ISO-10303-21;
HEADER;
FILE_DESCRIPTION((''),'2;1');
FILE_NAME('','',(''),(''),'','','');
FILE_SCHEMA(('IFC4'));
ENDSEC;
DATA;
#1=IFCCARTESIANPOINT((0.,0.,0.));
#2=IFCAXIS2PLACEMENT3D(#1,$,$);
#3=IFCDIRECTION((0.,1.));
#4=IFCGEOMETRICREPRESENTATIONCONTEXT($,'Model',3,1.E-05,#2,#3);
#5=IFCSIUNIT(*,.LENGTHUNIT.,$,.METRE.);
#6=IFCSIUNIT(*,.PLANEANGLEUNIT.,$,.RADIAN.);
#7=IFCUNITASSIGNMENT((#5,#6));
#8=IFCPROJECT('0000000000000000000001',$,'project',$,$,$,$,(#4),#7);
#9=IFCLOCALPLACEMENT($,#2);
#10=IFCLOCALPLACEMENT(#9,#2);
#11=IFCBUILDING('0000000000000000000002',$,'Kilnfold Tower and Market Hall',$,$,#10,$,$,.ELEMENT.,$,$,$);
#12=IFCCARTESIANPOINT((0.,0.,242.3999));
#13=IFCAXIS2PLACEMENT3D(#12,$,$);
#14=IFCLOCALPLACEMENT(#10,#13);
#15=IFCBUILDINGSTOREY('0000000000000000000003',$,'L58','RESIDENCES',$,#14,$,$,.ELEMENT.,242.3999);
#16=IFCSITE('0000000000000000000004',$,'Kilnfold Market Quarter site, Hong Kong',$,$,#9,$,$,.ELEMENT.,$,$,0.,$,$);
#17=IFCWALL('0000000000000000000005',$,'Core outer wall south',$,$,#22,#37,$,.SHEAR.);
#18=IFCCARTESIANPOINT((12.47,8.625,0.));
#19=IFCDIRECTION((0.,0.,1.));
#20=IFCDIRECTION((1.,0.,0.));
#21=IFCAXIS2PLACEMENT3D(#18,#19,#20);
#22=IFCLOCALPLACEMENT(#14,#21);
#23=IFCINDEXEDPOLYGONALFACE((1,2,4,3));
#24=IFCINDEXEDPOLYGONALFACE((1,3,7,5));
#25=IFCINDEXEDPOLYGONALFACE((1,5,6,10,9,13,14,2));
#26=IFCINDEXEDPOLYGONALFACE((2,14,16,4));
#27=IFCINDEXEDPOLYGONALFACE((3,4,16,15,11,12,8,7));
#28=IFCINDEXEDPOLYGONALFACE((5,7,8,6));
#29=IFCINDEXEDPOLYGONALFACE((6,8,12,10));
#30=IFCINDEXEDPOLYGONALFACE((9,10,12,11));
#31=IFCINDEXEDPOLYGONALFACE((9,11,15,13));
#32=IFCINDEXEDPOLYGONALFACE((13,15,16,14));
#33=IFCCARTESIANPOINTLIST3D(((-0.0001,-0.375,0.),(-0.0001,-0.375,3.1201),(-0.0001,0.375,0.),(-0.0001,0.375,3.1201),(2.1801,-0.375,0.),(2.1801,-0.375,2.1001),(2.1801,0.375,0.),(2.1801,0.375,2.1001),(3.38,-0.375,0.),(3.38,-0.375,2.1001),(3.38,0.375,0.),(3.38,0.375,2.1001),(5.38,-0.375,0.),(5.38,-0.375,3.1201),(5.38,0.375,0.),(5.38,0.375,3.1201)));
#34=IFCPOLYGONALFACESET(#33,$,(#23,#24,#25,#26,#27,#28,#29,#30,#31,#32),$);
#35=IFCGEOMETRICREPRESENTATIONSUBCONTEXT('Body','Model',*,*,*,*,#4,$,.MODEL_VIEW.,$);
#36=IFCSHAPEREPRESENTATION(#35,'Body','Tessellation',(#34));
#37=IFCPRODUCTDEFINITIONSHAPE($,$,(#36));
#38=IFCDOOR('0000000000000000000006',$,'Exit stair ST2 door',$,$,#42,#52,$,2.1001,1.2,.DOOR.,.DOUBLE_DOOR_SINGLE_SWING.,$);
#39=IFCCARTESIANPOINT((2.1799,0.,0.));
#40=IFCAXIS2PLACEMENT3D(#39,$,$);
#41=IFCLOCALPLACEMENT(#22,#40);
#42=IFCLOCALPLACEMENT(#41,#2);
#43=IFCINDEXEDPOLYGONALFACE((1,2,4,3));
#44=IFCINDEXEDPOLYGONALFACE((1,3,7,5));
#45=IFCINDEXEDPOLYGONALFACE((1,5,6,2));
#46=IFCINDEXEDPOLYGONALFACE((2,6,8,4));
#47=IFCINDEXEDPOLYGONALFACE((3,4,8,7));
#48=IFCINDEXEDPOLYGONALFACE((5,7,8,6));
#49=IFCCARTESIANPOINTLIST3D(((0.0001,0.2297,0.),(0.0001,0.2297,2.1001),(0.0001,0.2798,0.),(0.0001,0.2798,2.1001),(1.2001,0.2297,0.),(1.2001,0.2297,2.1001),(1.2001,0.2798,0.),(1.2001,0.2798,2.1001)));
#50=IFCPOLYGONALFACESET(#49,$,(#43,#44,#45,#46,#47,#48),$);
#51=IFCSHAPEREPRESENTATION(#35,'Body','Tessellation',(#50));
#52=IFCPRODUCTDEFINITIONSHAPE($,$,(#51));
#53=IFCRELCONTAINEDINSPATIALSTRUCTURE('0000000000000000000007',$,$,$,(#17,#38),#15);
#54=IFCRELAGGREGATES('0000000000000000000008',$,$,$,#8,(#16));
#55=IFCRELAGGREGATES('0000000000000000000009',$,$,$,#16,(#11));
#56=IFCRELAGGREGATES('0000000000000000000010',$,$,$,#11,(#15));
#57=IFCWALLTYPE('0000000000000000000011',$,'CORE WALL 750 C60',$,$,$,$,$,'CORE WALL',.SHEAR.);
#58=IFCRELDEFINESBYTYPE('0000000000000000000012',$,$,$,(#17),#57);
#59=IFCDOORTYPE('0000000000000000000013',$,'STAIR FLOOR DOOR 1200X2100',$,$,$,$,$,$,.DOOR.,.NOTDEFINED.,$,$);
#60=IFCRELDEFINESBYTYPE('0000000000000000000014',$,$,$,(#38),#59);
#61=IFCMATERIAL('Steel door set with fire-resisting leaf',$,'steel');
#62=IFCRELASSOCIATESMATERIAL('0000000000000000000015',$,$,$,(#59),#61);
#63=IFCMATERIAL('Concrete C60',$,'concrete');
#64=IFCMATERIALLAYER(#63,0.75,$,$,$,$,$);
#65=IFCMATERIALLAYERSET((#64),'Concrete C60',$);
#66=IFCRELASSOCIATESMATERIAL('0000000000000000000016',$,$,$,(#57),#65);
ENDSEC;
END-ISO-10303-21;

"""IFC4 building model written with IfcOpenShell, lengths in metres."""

from ifc_helpers import new_model, si_unit, direction, frame, frame_2d, origin, place, context, subcontext, project, spatial, rectangle, extrude, source, transform, mapped, material, layer, layer_set, type_object, element, fill, save


model = new_model("IFC4")

# Units and contexts
model_context = context("Model", 3, precision=1e-05, world=origin(), true_north=direction((0.0, 1.0)))
body_context = subcontext(model_context, "Body", "Model", "MODEL_VIEW")
ifc_project = project(units=[si_unit("LENGTHUNIT", "METRE"), si_unit("PLANEANGLEUNIT", "RADIAN")], contexts=[model_context])

# Site, building, storey
site_placement = place(None, origin())
site = spatial("IfcSite", under=ifc_project, at=site_placement, Name="Kilnfold Market Quarter site, Hong Kong", CompositionType="ELEMENT", RefElevation=0.0)
building_placement = place(site_placement, origin())
building = spatial("IfcBuilding", under=site, at=building_placement, Name="Kilnfold Tower and Market Hall", CompositionType="ELEMENT")
storey_placement = place(building_placement, frame((0.0, 0.0, 242.3999)))
storey = spatial("IfcBuildingStorey", under=building, at=storey_placement, Name="L58", Description="RESIDENCES", CompositionType="ELEMENT", Elevation=242.3999)

# Shared definitions
ifc_material_1 = material(Name="Steel door set with fire-resisting leaf", Category="steel")
door_type_1 = type_object("IfcDoorType", Name="STAIR FLOOR DOOR 1200X2100", OperationType="NOTDEFINED", PredefinedType="DOOR", material=ifc_material_1)

# Shared definitions
ifc_material_2 = material(Name="Concrete C60", Category="concrete")
ifc_layer_1 = layer(ifc_material_2, 0.75)
ifc_layer_set_1 = layer_set([ifc_layer_1], Name="Concrete C60")
wall_type_1 = type_object("IfcWallType", Name="CORE WALL 750 C60", ElementType="CORE WALL", PredefinedType="SHEAR", material=ifc_layer_set_1)

# Wall, opening, door
shared_shape_1 = source(origin(), body_context, "Body", "SweptSolid", [
    extrude(rectangle(XDim=5.3801, YDim=0.75, at=frame_2d((2.6899, 0.0))), origin(), (0.0, 0.0, 1.0), 3.1201),
])
wall_1_placement = place(storey_placement, frame((12.47, 8.625, 0.0), z_axis=(0.0, 0.0, 1.0), x_axis=(1.0, 0.0, 0.0)))
wall_1 = element("IfcWall", 1, at=wall_1_placement, inside=storey, type_object=wall_type_1, Name="Core outer wall south", PredefinedType="SHEAR", context=body_context, shape_type="MappedRepresentation", body=[
    mapped(shared_shape_1, transform((0.0, 0.0, 0.0))),
])
opening_1_placement = place(wall_1_placement, frame((2.1799, 0.0, 0.0)))
opening_1 = element("IfcOpeningElement", 2, at=opening_1_placement, cuts=wall_1, PredefinedType="OPENING", context=body_context, shape_type="SweptSolid", body=[
    extrude(rectangle(XDim=1.2, YDim=2.1001, at=frame_2d((0.6001, 1.05))), frame((0.0, 0.385, 0.0), z_axis=(0.0, -1.0, 0.0), x_axis=(1.0, 0.0, 0.0)), (0.0, 0.0, 1.0), 0.77),
])
door_1_placement = place(opening_1_placement, origin())
door_1 = element("IfcDoor", 3, at=door_1_placement, inside=storey, type_object=door_type_1, Name="Exit stair ST2 door", OperationType="DOUBLE_DOOR_SINGLE_SWING", OverallHeight=2.1001, OverallWidth=1.2, PredefinedType="DOOR", context=body_context, shape_type="SweptSolid", body=[
    extrude(rectangle(XDim=1.2, YDim=2.1001, at=frame_2d((0.6001, 1.05))), frame((0.0, 0.2798, 0.0), z_axis=(0.0, -1.0, 0.0), x_axis=(1.0, 0.0, 0.0)), (0.0, 0.0, 1.0), 0.05),
])
fill(opening_1, door_1)

save(model, "model.ifc")
